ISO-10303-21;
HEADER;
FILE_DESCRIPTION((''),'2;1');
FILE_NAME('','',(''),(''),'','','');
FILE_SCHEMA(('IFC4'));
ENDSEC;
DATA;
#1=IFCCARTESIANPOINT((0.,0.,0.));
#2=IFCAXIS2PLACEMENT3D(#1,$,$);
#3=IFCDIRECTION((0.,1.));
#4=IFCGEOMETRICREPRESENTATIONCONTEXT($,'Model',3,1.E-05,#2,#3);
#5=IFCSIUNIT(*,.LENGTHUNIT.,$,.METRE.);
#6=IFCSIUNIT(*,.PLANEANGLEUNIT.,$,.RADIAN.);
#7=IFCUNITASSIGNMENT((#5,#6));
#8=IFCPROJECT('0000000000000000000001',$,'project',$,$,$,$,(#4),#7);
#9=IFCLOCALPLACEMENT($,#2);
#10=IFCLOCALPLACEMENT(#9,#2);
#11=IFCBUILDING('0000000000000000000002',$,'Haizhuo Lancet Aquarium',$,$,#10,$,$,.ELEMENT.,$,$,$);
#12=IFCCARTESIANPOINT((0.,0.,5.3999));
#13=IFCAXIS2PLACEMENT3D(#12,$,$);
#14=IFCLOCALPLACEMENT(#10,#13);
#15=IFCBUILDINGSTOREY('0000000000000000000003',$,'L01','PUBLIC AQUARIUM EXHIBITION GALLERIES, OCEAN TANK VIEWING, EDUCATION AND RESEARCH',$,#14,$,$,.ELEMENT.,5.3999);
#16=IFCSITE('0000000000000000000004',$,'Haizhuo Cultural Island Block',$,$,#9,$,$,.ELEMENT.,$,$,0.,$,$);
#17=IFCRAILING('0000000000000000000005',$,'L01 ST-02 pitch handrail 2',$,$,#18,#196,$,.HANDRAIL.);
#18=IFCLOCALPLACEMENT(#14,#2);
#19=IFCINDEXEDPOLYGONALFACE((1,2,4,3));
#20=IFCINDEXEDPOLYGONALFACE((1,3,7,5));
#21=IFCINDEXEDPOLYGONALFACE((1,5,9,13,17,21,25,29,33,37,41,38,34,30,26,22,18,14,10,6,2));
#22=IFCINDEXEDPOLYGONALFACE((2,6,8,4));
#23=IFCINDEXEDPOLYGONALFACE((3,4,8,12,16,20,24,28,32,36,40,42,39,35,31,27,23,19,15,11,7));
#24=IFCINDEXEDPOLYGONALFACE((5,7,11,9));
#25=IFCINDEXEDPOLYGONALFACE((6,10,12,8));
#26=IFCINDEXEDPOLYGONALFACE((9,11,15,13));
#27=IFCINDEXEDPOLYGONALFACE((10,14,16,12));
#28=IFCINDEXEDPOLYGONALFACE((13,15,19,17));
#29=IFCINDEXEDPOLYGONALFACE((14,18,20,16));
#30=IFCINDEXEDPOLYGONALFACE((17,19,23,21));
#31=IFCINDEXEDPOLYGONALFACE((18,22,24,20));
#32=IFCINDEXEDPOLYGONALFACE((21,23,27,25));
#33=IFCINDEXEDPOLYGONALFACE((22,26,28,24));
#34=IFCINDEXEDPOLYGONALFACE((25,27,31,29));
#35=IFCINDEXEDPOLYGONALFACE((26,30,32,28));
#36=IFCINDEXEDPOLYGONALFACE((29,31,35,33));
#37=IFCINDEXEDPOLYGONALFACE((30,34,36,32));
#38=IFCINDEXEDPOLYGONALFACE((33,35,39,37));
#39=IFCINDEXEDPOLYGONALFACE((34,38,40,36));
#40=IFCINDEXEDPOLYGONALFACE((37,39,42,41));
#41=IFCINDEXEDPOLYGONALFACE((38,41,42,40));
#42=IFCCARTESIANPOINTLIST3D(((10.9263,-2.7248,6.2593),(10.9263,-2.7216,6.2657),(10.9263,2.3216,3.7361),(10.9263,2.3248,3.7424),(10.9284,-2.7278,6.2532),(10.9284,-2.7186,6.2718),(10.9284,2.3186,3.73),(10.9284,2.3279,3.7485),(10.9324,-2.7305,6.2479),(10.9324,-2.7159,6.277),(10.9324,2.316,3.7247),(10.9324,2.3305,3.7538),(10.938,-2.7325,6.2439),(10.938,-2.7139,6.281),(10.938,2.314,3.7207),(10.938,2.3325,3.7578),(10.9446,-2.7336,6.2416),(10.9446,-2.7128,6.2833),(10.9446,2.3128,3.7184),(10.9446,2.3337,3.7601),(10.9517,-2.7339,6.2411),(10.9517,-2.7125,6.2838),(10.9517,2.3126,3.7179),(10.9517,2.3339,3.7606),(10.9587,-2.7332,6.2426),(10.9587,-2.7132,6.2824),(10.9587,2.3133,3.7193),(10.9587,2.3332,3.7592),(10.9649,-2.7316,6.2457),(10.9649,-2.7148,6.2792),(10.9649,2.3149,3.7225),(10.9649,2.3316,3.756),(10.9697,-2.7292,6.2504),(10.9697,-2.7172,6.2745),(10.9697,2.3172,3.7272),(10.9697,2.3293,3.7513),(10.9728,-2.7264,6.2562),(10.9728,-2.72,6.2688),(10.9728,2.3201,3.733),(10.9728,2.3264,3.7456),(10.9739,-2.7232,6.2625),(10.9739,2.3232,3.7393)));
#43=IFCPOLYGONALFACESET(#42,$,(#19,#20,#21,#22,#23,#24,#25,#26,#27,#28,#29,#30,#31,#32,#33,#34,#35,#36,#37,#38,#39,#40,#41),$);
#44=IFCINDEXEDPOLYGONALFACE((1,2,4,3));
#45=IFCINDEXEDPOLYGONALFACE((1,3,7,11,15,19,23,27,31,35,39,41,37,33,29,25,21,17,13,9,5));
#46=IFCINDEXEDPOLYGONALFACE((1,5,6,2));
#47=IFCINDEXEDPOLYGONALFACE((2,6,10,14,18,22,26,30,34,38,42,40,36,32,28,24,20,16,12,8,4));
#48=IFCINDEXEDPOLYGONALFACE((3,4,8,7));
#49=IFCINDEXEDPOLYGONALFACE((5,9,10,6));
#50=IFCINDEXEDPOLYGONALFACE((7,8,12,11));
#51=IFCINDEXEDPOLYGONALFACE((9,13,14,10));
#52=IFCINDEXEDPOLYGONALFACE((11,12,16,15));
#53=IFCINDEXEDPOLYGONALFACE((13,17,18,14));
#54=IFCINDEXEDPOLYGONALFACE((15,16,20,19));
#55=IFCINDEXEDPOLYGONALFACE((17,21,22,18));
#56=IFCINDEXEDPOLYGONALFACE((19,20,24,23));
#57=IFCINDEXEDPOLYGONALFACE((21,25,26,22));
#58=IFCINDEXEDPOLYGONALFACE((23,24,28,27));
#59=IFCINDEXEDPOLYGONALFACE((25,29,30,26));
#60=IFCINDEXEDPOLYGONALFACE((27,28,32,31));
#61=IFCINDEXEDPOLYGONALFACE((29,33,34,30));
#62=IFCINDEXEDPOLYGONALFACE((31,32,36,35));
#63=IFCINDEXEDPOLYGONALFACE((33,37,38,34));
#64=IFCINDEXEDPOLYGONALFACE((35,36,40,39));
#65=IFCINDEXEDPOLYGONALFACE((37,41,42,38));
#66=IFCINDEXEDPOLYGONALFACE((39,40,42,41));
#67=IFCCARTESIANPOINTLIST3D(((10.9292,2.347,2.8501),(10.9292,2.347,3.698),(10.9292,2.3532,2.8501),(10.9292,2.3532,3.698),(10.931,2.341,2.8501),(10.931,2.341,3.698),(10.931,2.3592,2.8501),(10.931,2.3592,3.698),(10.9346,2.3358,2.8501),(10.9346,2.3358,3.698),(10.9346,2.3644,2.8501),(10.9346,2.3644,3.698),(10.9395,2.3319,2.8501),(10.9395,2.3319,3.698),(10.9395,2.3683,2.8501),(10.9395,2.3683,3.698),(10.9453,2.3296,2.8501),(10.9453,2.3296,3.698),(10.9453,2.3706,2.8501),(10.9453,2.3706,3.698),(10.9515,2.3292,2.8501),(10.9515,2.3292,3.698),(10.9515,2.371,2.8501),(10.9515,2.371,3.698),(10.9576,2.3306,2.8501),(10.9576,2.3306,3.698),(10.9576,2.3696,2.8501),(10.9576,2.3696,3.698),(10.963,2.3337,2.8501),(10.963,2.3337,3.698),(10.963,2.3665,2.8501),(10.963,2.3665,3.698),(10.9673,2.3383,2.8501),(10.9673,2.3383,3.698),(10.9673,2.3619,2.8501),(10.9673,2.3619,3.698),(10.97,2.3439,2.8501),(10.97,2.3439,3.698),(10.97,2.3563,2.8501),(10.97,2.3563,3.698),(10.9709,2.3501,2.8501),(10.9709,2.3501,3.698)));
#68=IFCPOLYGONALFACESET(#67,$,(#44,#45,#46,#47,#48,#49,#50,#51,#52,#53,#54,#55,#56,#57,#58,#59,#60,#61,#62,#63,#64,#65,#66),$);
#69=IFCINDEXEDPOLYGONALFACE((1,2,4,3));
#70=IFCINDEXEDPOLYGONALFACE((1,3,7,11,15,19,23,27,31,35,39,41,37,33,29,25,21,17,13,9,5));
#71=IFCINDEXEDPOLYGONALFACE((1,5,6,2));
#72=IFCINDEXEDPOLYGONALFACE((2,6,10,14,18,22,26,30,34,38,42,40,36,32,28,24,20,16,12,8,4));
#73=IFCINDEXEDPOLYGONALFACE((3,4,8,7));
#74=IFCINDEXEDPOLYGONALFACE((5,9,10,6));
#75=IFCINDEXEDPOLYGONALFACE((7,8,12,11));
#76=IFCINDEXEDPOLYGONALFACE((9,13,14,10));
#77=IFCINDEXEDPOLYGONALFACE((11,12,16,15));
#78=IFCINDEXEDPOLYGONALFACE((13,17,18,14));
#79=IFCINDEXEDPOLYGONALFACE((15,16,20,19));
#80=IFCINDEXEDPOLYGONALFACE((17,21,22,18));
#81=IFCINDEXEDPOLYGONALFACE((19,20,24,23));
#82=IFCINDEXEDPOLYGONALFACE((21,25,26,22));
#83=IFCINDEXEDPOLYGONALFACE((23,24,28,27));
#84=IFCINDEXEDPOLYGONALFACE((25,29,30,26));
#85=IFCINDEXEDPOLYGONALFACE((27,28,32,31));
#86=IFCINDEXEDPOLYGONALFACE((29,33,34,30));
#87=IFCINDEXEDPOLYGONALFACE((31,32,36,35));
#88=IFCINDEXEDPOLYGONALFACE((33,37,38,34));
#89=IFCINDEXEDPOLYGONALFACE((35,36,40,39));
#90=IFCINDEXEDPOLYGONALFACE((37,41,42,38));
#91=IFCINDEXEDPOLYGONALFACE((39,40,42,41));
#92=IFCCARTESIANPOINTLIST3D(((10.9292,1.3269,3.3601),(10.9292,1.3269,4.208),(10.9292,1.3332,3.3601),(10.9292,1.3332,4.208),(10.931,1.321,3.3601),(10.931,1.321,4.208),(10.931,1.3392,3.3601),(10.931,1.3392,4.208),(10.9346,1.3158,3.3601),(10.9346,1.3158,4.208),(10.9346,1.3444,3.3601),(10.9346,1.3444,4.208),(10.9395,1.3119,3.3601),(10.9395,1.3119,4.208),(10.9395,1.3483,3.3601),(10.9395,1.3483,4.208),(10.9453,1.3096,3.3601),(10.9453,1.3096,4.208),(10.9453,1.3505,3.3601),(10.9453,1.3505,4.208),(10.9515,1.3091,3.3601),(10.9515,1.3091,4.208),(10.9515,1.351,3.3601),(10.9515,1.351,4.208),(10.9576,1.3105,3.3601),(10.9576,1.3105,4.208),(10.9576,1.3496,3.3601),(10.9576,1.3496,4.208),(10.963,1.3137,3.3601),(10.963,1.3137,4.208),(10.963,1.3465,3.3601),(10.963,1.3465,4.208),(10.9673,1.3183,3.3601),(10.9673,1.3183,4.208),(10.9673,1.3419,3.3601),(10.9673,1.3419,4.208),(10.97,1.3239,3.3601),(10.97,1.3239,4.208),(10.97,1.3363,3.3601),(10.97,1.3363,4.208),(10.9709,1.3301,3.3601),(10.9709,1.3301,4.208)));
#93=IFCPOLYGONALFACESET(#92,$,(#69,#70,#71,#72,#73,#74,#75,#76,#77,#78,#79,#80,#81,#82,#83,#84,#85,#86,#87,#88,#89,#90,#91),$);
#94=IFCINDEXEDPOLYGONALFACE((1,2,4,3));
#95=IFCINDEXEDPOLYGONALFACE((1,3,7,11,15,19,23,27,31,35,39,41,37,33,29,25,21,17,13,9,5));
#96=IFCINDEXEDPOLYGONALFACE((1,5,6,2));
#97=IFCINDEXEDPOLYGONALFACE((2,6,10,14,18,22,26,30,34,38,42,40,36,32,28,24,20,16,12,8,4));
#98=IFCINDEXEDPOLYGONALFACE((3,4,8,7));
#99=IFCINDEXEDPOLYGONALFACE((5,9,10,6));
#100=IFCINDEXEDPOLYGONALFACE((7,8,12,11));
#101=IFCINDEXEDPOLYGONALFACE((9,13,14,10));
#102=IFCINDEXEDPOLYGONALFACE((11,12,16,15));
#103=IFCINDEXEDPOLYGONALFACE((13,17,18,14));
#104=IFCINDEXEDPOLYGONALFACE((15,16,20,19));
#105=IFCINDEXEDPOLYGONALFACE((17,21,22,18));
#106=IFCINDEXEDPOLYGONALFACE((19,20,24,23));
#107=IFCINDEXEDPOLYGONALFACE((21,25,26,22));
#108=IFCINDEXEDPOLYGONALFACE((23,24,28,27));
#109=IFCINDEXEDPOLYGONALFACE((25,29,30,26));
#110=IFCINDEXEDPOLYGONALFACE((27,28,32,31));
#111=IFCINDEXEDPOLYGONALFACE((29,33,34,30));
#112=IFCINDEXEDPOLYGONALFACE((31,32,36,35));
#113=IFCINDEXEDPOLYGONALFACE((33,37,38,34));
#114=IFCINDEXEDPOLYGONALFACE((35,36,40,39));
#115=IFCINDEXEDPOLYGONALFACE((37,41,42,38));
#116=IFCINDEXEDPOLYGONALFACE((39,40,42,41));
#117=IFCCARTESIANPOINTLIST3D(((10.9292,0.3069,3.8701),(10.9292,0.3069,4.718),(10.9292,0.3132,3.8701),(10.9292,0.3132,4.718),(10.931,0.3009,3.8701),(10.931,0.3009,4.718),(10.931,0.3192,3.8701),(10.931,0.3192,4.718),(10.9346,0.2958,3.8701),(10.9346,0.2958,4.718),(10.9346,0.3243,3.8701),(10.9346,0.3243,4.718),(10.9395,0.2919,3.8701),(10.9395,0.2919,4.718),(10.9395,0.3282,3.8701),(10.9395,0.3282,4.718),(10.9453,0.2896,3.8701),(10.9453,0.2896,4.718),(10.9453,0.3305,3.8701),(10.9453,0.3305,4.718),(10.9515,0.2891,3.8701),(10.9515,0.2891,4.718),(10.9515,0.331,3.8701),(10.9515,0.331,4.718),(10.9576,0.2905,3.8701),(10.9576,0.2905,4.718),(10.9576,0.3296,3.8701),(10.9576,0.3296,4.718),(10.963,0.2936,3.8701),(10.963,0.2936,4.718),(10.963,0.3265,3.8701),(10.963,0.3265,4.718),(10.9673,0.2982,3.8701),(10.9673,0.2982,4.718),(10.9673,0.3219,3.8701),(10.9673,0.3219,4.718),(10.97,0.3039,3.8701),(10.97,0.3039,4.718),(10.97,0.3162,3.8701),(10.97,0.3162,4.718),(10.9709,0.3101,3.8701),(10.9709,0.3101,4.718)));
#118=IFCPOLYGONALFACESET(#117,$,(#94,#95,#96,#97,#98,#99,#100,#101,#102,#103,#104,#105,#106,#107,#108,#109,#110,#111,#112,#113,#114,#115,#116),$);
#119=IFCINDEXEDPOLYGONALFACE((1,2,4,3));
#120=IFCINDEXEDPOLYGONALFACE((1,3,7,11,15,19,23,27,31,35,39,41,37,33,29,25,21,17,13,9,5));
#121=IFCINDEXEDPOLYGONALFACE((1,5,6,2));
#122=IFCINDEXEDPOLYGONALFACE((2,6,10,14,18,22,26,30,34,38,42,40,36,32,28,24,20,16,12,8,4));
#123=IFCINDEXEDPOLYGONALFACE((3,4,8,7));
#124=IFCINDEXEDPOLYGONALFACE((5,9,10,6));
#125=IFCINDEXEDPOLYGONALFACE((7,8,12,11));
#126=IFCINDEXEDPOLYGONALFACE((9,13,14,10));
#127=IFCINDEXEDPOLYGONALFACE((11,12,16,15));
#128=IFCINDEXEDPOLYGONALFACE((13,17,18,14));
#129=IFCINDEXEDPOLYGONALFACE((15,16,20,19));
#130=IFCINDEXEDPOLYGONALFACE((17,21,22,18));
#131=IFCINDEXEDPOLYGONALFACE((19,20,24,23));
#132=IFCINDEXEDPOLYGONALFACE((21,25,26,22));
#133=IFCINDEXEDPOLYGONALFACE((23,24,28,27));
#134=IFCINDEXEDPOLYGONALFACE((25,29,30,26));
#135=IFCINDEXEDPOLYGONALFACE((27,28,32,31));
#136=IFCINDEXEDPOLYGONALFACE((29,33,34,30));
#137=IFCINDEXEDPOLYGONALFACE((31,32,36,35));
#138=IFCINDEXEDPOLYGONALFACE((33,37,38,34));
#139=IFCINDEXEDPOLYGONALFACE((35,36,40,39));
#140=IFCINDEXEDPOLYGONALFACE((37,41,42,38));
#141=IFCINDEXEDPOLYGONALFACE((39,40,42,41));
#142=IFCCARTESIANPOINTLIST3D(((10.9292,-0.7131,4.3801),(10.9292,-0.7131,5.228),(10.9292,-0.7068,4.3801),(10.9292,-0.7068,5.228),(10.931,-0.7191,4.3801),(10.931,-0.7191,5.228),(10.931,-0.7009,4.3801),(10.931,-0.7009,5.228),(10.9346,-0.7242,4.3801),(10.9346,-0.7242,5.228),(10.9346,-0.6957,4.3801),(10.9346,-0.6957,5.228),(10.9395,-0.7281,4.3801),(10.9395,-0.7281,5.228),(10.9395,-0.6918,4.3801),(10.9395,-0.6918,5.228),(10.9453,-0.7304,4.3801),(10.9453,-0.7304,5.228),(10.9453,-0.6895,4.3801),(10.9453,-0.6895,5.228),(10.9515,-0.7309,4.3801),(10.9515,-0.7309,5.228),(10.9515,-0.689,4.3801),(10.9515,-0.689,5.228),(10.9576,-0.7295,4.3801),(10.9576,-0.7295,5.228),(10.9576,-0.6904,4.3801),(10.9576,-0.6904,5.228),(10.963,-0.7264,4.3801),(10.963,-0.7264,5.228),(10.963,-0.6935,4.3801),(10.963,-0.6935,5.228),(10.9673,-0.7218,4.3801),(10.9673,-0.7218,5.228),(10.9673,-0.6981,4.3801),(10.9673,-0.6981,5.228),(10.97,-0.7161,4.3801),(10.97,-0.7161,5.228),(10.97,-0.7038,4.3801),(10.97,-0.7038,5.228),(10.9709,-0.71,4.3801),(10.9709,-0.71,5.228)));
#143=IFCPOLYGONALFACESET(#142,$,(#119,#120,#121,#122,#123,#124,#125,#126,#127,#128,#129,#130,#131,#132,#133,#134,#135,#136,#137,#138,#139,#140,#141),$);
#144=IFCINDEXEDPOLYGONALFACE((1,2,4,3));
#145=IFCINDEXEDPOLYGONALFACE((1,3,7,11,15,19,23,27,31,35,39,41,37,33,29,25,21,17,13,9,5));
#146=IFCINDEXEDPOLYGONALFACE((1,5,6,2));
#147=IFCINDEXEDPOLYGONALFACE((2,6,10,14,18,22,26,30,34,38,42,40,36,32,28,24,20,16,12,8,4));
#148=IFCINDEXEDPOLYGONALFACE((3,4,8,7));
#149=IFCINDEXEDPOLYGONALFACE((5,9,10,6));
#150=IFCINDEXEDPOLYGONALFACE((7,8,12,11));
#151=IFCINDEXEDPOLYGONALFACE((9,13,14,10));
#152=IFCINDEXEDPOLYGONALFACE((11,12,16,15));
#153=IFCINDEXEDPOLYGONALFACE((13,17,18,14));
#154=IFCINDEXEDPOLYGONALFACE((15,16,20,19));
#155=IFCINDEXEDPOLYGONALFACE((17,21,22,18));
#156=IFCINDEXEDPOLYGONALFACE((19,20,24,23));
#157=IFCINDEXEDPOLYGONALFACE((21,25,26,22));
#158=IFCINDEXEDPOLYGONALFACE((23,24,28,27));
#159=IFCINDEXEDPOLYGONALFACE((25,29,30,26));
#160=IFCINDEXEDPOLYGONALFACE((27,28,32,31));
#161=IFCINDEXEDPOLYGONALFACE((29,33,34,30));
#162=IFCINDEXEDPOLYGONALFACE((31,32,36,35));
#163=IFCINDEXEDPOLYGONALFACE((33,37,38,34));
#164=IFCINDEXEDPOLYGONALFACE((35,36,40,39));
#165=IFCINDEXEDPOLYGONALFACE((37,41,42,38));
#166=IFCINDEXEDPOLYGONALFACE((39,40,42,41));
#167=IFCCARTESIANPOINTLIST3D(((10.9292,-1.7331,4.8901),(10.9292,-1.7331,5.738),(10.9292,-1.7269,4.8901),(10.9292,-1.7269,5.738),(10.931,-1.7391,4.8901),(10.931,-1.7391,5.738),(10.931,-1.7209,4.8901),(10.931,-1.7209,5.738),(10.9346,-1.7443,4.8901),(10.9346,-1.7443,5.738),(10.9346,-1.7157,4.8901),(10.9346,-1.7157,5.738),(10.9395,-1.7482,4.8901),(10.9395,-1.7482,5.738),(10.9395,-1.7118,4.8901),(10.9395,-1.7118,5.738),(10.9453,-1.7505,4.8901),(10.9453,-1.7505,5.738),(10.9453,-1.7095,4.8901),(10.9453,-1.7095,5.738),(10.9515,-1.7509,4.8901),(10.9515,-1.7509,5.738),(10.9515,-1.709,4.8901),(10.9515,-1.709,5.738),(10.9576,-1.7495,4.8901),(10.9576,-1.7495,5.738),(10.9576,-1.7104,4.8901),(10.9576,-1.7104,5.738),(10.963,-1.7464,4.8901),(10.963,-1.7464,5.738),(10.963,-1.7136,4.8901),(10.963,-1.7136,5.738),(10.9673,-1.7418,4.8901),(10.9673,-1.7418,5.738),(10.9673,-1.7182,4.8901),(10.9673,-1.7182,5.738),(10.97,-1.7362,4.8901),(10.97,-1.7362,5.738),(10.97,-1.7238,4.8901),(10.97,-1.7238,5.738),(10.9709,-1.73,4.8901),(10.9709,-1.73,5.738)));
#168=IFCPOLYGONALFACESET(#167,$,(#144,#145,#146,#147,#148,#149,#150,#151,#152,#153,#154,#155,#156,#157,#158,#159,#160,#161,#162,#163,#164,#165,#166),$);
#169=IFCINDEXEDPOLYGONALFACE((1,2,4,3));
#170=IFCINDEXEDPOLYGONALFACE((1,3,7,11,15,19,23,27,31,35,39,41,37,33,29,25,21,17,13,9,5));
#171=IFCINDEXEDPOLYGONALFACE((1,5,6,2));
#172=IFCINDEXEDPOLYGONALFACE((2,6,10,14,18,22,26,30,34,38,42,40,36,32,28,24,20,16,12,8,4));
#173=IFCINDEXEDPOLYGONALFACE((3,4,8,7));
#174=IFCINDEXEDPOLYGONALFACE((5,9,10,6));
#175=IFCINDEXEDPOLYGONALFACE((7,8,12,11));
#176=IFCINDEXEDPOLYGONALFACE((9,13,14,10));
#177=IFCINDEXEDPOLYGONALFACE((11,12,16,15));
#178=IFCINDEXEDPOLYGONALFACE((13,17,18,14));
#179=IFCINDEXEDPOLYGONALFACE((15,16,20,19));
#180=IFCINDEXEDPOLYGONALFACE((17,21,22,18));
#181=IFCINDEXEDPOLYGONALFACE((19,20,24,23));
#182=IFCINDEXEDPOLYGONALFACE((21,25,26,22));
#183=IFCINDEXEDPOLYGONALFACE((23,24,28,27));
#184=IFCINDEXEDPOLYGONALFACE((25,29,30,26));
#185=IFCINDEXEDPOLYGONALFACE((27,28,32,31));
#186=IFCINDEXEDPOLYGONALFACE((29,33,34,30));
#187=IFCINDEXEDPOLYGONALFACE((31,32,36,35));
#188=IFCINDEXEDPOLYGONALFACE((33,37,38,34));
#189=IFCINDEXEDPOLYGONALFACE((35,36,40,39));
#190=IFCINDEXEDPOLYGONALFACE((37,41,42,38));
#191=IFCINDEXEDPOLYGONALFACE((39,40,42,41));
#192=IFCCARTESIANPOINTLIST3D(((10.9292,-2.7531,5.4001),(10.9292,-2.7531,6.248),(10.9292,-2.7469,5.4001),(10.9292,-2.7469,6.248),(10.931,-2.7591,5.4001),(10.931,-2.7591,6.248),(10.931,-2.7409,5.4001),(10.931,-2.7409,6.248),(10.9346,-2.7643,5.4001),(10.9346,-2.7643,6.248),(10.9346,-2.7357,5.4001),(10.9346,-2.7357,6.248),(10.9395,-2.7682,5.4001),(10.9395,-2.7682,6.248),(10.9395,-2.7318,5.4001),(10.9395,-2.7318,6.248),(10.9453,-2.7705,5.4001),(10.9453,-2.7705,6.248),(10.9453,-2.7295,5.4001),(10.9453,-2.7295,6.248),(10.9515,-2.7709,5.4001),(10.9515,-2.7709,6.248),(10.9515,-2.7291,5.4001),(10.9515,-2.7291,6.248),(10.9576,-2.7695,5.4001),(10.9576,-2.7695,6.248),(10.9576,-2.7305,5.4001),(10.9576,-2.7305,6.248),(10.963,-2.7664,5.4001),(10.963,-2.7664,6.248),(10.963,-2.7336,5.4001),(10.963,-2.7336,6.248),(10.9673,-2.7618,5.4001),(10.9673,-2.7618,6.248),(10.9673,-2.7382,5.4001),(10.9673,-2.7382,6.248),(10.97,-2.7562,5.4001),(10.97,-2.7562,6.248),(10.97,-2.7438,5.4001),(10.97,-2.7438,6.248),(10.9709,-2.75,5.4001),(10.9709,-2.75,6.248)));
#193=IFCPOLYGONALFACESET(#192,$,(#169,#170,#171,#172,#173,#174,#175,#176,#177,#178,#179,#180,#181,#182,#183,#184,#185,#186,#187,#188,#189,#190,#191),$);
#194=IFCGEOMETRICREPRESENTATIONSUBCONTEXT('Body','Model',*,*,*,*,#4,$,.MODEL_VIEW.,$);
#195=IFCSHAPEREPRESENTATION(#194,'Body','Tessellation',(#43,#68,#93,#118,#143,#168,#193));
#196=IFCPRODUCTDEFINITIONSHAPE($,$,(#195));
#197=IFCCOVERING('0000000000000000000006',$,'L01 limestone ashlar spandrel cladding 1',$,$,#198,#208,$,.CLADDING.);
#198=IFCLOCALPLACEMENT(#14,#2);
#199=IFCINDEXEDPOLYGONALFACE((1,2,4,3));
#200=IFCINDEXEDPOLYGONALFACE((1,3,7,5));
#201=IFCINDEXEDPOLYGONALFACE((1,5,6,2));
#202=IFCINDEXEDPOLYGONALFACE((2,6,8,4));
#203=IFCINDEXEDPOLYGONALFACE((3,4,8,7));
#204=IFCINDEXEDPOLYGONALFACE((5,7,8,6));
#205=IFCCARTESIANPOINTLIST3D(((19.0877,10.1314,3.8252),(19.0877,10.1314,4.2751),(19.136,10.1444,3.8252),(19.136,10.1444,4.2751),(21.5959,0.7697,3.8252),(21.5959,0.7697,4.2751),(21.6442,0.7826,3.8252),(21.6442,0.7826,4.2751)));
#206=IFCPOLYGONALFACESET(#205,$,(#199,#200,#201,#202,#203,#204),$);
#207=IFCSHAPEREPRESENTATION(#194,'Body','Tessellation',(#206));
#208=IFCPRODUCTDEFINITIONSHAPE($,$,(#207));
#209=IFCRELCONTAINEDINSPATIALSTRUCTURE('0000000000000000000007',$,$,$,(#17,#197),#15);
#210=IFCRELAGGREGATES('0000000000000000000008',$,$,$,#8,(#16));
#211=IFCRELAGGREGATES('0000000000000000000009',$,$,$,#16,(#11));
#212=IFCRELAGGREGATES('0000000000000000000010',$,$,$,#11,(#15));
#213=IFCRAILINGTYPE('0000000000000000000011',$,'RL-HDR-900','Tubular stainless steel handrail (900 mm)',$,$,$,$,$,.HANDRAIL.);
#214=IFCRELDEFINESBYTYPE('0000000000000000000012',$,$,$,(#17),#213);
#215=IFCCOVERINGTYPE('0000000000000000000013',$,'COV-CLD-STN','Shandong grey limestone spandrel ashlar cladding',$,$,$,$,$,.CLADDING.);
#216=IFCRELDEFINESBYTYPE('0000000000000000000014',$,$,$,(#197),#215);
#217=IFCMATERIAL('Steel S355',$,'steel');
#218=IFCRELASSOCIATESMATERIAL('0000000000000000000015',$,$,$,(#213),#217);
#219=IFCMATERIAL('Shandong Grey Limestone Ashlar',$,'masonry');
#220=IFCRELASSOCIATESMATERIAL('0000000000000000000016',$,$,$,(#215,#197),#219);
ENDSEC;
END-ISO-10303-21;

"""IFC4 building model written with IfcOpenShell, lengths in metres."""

from ifc_helpers import new_model, si_unit, direction, frame, origin, origin_2d, place, context, subcontext, project, spatial, rectangle, circle, extrude, material, type_object, element, save


model = new_model("IFC4")

# Units and contexts
model_context = context("Model", 3, precision=1e-05, world=origin(), true_north=direction((0.0, 1.0)))
body_context = subcontext(model_context, "Body", "Model", "MODEL_VIEW")
ifc_project = project(units=[si_unit("LENGTHUNIT", "METRE"), si_unit("PLANEANGLEUNIT", "RADIAN")], contexts=[model_context])

# Site, building, storey
site_placement = place(None, origin())
site = spatial("IfcSite", under=ifc_project, at=site_placement, Name="Haizhuo Cultural Island Block", CompositionType="ELEMENT", RefElevation=0.0)
building_placement = place(site_placement, origin())
building = spatial("IfcBuilding", under=site, at=building_placement, Name="Haizhuo Lancet Aquarium", CompositionType="ELEMENT")
storey_placement = place(building_placement, frame((0.0, 0.0, 5.3999)))
storey = spatial("IfcBuildingStorey", under=building, at=storey_placement, Name="L01", Description="PUBLIC AQUARIUM EXHIBITION GALLERIES, OCEAN TANK VIEWING, EDUCATION AND RESEARCH", CompositionType="ELEMENT", Elevation=5.3999)

# Shared definitions
ifc_material_1 = material(Name="Shandong Grey Limestone Ashlar", Category="masonry")

# Shared definitions
ifc_material_2 = material(Name="Steel S355", Category="steel")

# Railing
railing_type_1 = type_object("IfcRailingType", Name="RL-HDR-900", Description="Tubular stainless steel handrail (900 mm)", PredefinedType="HANDRAIL", material=ifc_material_2)
railing_1_placement = place(storey_placement, frame((10.95, 2.3501, 2.8501)))
element("IfcRailing", 1, at=railing_1_placement, inside=storey, type_object=railing_type_1, Name="L01 ST-02 pitch handrail 2", PredefinedType="HANDRAIL", context=body_context, shape_type="SweptSolid", body=[
    extrude(circle(Radius=0.0239, at=origin_2d()), frame((0.0, -0.0269, 0.8892), z_axis=(0.0, -0.894427, 0.447214), x_axis=(1.0, 0.0, 0.0)), (0.0, 0.0, 1.0), 5.6421),
    extrude(circle(Radius=0.021, at=origin_2d()), origin(), (0.0, 0.0, 1.0), 0.8479),
    extrude(circle(Radius=0.021, at=origin_2d()), frame((0.0, -1.02, 0.51)), (0.0, 0.0, 1.0), 0.8479),
    extrude(circle(Radius=0.021, at=origin_2d()), frame((0.0, -2.04, 1.02)), (0.0, 0.0, 1.0), 0.8479),
    extrude(circle(Radius=0.021, at=origin_2d()), frame((0.0, -3.0601, 1.53)), (0.0, 0.0, 1.0), 0.8479),
    extrude(circle(Radius=0.021, at=origin_2d()), frame((0.0, -4.0801, 2.04)), (0.0, 0.0, 1.0), 0.8479),
    extrude(circle(Radius=0.021, at=origin_2d()), frame((0.0, -5.1001, 2.55)), (0.0, 0.0, 1.0), 0.8479),
])

# Covering
covering_type = type_object("IfcCoveringType", Name="COV-CLD-STN", Description="Shandong grey limestone spandrel ashlar cladding", PredefinedType="CLADDING", material=ifc_material_1)
covering_placement = place(storey_placement, frame((20.366, 5.457, 3.8252), z_axis=(0.0, 0.0, 1.0), x_axis=(0.258794, -0.965933, 0.0)))
element("IfcCovering", 2, at=covering_placement, inside=storey, type_object=covering_type, material=ifc_material_1, Name="L01 limestone ashlar spandrel cladding 1", PredefinedType="CLADDING", context=body_context, shape_type="SweptSolid", body=[
    extrude(rectangle(XDim=9.6919, YDim=0.05, at=origin_2d()), origin(), (0.0, 0.0, 1.0), 0.45),
])

save(model, "model.ifc")
